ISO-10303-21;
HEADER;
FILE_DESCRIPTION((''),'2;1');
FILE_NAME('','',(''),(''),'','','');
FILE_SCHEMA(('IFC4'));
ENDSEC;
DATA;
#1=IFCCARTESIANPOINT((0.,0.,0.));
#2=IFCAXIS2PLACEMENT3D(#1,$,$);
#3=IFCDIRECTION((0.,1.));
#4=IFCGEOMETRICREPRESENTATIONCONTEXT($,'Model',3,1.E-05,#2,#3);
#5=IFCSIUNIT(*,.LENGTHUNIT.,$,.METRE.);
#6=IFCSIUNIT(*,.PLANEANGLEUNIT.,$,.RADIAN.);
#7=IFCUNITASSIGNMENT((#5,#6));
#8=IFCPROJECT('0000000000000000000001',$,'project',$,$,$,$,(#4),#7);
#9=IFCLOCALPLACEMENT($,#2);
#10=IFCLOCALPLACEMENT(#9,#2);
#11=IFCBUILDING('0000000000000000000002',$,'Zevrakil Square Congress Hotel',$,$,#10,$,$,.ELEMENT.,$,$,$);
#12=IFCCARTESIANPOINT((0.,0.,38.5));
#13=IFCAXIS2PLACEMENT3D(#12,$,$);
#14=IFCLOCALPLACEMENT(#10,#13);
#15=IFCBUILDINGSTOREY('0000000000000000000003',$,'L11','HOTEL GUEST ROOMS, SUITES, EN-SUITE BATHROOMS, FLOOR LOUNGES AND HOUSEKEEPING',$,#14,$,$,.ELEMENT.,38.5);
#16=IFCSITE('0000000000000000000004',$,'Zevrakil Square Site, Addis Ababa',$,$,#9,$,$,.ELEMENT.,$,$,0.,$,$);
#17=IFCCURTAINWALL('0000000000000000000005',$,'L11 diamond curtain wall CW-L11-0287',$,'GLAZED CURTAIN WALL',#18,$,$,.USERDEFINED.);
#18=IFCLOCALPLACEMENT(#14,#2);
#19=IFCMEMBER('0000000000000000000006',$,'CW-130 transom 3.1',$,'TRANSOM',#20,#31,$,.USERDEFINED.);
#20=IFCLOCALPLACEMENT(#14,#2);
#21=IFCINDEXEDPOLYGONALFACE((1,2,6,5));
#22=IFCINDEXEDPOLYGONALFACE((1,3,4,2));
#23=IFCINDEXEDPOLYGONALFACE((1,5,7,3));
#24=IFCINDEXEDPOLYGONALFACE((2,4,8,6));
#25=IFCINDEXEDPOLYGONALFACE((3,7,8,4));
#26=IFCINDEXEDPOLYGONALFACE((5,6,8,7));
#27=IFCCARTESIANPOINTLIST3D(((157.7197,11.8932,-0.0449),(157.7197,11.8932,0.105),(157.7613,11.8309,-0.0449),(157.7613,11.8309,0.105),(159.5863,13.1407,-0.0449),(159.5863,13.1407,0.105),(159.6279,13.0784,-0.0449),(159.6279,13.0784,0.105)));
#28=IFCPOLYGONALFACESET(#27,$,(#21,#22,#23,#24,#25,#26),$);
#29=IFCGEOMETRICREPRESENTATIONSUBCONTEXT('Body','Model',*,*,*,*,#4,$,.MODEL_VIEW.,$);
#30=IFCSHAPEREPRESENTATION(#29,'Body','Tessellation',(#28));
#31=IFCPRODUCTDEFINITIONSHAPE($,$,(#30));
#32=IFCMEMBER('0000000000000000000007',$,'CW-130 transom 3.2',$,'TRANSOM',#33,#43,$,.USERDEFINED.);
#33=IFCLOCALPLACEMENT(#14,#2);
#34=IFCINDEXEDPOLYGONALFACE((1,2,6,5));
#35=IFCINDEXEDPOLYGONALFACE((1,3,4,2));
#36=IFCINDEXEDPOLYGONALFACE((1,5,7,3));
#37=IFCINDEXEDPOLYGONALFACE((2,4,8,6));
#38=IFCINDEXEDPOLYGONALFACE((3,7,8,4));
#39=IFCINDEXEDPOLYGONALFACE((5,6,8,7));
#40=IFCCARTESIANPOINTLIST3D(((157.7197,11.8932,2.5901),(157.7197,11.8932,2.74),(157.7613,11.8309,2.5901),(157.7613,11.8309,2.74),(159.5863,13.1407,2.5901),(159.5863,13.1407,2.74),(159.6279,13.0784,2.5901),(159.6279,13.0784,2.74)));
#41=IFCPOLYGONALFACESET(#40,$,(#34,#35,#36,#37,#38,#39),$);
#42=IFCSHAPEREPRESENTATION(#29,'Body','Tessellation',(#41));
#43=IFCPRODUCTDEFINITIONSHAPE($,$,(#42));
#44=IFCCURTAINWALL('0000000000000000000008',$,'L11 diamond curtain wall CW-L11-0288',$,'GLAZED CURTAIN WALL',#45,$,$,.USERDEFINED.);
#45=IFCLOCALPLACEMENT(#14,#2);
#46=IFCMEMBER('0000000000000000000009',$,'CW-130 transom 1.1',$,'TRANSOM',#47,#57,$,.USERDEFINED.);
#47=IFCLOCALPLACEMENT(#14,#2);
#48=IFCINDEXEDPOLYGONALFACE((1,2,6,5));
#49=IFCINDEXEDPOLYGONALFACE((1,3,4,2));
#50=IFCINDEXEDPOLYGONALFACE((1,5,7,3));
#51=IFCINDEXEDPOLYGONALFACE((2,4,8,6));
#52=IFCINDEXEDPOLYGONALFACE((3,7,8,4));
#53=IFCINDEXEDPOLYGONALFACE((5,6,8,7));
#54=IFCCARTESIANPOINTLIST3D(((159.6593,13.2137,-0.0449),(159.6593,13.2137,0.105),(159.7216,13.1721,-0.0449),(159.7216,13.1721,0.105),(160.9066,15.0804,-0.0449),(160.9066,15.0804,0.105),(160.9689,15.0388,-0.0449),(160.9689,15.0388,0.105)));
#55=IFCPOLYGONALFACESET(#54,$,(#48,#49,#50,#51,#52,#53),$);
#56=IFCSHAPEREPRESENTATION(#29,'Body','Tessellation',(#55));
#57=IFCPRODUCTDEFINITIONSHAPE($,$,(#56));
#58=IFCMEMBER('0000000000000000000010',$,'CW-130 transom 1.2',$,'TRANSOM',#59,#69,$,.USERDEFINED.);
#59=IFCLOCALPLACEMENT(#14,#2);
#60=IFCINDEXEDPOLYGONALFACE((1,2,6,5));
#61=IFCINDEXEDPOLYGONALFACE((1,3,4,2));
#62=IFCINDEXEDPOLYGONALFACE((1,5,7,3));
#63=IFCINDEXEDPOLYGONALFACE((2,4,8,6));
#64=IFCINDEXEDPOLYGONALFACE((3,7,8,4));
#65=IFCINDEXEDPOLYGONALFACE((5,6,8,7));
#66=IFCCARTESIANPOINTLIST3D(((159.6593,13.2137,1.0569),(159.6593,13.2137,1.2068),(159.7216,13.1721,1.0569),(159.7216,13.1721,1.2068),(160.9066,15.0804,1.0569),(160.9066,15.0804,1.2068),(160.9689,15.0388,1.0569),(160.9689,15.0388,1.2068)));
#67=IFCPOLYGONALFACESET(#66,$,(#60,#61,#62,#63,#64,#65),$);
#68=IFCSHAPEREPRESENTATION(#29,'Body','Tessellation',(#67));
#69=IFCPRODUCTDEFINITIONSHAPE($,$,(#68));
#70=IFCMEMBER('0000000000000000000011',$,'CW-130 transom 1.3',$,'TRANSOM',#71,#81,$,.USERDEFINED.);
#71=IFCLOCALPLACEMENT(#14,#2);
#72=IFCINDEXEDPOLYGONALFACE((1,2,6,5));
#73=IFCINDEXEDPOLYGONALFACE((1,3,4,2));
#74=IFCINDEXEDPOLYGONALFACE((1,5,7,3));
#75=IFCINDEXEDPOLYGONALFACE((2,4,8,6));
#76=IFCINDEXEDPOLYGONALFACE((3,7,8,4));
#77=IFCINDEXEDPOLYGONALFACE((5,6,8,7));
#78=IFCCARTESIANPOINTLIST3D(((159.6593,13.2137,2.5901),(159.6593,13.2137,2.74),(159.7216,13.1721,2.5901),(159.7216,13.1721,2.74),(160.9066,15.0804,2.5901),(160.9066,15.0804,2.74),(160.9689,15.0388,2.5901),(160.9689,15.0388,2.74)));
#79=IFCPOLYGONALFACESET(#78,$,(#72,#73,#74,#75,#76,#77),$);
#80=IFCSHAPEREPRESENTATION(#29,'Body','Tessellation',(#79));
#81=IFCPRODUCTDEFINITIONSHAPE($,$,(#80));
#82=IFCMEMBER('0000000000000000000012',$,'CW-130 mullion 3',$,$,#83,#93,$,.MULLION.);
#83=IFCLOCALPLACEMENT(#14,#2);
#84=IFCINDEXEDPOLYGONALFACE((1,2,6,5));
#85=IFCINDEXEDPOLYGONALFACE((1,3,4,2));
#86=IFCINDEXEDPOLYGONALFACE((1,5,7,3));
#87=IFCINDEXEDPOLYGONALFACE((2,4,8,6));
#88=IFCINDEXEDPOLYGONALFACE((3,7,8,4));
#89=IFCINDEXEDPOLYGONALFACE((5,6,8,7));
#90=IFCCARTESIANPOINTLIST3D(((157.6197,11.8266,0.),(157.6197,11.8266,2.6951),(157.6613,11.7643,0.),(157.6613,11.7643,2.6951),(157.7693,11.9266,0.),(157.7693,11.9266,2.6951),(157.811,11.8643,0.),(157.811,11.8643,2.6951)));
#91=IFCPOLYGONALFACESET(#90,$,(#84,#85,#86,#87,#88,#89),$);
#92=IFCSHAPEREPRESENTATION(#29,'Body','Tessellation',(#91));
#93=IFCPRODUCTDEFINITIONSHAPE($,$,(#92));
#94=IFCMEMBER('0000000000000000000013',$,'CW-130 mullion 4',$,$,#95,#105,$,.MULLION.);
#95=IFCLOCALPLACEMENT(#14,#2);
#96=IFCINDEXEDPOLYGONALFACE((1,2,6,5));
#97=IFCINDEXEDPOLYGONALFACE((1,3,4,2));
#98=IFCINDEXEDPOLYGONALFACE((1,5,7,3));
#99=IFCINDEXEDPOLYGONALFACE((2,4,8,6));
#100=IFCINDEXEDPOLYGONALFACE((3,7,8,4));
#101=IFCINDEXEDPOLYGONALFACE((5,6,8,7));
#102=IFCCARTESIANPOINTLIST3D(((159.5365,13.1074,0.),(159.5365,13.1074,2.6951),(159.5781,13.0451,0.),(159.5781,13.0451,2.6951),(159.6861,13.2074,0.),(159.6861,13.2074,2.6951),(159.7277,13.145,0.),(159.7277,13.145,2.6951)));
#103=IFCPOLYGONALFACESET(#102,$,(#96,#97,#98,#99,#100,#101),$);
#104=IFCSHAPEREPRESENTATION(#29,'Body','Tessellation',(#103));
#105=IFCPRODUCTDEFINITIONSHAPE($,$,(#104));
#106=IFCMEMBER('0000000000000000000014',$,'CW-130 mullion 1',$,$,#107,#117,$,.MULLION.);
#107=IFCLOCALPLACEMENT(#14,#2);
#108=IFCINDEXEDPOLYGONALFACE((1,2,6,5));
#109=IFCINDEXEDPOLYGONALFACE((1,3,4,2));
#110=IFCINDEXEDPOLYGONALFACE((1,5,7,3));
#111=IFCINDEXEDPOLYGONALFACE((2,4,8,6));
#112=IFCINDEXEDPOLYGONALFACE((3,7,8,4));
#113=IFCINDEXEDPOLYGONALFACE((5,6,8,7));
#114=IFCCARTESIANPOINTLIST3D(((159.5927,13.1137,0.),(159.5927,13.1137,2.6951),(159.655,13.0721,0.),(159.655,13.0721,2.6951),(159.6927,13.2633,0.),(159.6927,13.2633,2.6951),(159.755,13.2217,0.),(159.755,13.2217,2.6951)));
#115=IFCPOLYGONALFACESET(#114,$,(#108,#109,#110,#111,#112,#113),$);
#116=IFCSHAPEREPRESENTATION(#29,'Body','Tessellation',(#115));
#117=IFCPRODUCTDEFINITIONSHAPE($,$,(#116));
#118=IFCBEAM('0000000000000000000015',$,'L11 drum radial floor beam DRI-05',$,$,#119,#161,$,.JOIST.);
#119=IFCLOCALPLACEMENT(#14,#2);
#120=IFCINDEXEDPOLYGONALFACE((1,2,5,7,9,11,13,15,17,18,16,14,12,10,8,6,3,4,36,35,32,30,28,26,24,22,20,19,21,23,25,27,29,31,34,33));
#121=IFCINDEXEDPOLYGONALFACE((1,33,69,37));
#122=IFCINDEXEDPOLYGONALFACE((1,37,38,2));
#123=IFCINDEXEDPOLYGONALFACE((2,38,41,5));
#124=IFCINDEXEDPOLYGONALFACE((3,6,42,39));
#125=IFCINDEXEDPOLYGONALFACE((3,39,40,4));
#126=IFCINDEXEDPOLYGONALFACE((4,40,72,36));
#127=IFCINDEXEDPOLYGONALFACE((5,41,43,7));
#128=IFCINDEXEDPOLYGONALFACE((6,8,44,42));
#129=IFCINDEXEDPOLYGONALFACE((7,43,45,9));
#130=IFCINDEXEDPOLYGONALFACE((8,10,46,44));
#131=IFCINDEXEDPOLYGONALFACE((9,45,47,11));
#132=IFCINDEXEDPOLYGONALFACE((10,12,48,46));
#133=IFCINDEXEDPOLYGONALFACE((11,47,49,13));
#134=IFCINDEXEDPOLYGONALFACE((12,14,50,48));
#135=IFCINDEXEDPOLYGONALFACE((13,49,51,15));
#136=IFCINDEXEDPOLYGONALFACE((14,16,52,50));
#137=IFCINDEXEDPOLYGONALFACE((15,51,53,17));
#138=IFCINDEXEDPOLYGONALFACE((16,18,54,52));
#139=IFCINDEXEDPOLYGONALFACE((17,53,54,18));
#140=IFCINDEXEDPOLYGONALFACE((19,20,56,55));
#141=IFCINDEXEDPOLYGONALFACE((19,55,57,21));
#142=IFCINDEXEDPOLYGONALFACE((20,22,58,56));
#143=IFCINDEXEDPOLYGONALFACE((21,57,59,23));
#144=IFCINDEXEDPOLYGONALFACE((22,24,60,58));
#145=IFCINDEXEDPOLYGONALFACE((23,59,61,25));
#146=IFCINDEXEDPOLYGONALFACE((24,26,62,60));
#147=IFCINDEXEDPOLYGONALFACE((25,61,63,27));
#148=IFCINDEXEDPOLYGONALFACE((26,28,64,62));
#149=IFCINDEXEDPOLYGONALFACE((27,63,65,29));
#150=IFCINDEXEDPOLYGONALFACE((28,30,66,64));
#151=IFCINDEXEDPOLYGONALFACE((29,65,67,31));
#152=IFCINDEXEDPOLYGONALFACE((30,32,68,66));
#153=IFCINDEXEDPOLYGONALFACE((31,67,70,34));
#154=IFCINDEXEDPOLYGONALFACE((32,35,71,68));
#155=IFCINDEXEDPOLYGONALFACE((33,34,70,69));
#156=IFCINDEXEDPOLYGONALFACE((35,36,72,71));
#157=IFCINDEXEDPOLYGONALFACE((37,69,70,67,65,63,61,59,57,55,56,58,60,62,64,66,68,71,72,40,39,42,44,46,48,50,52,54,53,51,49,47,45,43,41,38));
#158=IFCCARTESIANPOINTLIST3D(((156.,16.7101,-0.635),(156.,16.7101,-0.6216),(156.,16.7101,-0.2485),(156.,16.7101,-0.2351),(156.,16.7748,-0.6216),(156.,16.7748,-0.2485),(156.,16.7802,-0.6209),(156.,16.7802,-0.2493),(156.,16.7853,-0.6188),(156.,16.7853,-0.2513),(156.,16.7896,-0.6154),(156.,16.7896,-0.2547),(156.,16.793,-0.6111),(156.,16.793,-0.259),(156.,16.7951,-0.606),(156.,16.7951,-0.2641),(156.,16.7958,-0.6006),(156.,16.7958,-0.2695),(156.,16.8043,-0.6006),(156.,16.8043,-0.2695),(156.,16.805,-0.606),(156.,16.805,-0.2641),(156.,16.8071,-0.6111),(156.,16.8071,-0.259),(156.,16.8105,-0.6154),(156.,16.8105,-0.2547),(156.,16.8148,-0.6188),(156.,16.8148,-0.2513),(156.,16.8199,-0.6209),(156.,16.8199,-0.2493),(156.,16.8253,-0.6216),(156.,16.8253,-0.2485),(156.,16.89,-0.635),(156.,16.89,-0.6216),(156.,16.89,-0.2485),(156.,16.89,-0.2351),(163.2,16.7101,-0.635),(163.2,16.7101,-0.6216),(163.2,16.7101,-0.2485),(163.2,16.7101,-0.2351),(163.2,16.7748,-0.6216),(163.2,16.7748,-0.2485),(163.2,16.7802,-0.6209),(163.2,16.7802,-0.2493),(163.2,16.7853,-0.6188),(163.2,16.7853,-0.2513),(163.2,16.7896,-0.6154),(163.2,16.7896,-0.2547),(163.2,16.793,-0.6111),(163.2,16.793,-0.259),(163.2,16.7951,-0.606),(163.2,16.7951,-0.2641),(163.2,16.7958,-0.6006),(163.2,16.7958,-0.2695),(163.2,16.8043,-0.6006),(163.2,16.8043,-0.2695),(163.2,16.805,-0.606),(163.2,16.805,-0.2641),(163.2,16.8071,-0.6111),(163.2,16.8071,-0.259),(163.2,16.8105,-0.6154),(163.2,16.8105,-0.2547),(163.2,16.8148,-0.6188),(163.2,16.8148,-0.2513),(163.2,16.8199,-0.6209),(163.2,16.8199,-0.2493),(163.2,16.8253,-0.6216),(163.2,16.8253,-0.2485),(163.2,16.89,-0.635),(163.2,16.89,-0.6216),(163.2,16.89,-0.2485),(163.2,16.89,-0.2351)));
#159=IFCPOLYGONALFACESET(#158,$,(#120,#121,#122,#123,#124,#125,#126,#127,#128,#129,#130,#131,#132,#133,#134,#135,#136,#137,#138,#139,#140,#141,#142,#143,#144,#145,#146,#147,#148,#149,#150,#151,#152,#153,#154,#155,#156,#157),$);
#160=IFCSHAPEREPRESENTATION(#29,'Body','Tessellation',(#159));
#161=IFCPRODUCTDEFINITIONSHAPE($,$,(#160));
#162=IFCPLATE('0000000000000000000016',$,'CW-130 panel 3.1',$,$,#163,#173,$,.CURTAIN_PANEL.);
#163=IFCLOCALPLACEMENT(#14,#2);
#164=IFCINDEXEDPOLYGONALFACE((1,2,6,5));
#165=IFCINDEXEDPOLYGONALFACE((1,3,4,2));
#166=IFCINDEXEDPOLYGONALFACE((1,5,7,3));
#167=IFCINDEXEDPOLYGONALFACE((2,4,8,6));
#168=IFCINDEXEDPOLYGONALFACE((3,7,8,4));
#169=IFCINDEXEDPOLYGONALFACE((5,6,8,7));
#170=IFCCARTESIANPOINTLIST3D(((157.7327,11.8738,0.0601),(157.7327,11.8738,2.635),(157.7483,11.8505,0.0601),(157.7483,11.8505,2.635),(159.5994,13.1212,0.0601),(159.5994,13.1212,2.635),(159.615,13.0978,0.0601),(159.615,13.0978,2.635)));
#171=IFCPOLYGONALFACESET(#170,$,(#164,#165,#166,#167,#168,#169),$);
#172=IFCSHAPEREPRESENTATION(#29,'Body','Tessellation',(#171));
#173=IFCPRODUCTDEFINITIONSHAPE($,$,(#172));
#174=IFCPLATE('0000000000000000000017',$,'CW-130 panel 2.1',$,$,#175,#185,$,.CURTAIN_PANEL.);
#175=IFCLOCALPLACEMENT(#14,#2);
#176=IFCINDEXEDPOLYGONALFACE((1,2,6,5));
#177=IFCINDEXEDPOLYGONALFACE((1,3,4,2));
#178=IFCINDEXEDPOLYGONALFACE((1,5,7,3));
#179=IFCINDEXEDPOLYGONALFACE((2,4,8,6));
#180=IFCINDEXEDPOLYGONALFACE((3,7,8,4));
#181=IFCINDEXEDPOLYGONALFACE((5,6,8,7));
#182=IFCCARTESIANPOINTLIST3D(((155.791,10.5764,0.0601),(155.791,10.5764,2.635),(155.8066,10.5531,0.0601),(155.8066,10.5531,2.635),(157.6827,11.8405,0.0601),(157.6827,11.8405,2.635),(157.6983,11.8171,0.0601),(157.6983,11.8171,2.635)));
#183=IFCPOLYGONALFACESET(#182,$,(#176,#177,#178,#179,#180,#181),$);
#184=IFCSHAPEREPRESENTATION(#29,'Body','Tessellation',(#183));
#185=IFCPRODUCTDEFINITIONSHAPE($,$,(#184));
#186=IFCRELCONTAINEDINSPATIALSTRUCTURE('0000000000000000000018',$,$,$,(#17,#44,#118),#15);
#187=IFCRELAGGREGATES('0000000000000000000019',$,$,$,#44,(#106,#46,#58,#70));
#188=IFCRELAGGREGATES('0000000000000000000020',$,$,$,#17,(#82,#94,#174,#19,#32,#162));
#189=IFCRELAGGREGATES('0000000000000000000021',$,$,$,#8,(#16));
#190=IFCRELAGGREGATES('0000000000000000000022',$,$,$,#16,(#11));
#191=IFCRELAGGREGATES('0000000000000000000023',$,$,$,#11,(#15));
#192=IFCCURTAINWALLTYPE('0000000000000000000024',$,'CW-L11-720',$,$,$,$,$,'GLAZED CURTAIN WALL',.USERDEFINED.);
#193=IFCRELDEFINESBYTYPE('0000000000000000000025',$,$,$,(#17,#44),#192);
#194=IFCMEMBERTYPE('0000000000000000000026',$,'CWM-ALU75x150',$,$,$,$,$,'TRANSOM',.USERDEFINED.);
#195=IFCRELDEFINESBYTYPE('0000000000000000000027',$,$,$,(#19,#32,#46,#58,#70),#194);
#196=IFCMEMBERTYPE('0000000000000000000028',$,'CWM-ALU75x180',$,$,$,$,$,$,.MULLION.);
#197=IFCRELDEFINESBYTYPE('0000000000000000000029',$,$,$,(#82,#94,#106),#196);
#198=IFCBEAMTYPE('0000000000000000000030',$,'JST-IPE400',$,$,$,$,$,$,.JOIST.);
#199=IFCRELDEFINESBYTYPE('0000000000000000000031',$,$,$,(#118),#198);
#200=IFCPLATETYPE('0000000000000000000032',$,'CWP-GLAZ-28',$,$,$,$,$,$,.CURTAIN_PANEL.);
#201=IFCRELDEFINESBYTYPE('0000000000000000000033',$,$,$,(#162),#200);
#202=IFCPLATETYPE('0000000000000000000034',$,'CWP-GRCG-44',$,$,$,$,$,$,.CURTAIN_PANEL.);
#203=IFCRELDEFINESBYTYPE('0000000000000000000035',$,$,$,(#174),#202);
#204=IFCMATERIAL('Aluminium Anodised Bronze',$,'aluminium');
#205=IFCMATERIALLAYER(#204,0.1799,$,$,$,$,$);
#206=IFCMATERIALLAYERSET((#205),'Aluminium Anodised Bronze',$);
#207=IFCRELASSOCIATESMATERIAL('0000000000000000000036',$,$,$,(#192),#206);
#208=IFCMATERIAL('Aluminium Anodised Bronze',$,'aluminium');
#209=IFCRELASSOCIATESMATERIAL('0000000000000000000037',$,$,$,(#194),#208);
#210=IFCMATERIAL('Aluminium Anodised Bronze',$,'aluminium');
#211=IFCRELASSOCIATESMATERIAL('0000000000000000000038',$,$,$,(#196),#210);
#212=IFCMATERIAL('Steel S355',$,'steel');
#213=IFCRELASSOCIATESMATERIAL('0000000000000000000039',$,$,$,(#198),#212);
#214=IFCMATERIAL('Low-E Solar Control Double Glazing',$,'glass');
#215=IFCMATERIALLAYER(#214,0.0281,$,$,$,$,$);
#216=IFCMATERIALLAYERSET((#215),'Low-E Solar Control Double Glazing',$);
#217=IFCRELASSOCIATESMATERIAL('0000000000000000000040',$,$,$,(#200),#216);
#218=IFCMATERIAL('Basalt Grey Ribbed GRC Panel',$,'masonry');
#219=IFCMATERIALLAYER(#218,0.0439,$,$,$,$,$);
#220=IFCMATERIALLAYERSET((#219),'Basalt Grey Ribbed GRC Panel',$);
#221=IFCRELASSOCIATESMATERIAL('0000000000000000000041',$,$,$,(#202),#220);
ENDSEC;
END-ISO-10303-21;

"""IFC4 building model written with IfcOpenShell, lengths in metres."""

from ifc_helpers import new_model, si_unit, direction, frame, origin, origin_2d, place, context, subcontext, project, spatial, rectangle, i_section, extrude, material, layer, layer_set, material_profile, profile_set, type_object, element, aggregate, save


model = new_model("IFC4")

# Units and contexts
model_context = context("Model", 3, precision=1e-05, world=origin(), true_north=direction((0.0, 1.0)))
body_context = subcontext(model_context, "Body", "Model", "MODEL_VIEW")
ifc_project = project(units=[si_unit("LENGTHUNIT", "METRE"), si_unit("PLANEANGLEUNIT", "RADIAN")], contexts=[model_context])

# Site, building, storey
site_placement = place(None, origin())
site = spatial("IfcSite", under=ifc_project, at=site_placement, Name="Zevrakil Square Site, Addis Ababa", CompositionType="ELEMENT", RefElevation=0.0)
building_placement = place(site_placement, origin())
building = spatial("IfcBuilding", under=site, at=building_placement, Name="Zevrakil Square Congress Hotel", CompositionType="ELEMENT")
storey_placement = place(building_placement, frame((0.0, 0.0, 38.5)))
storey = spatial("IfcBuildingStorey", under=building, at=storey_placement, Name="L11", Description="HOTEL GUEST ROOMS, SUITES, EN-SUITE BATHROOMS, FLOOR LOUNGES AND HOUSEKEEPING", CompositionType="ELEMENT", Elevation=38.5)

# Curtain walls, members
ifc_material_1 = material(Name="Aluminium Anodised Bronze", Category="aluminium")
ifc_layer_1 = layer(ifc_material_1, 0.1799)
ifc_layer_set_1 = layer_set([ifc_layer_1], Name="Aluminium Anodised Bronze")
curtain_wall_type = type_object("IfcCurtainWallType", Name="CW-L11-720", ElementType="GLAZED CURTAIN WALL", PredefinedType="USERDEFINED", material=ifc_layer_set_1)
curtain_wall_1_placement = place(storey_placement, origin())
curtain_wall_1 = element("IfcCurtainWall", 1, at=curtain_wall_1_placement, inside=storey, type_object=curtain_wall_type, Name="L11 diamond curtain wall CW-L11-0287", ObjectType="GLAZED CURTAIN WALL", PredefinedType="USERDEFINED")
ifc_material_2 = material(Name="Aluminium Anodised Bronze", Category="aluminium")
ifc_material_profile_1 = material_profile(ifc_material_2, rectangle(XDim=0.075, YDim=0.1499, at=origin_2d()), Name="ALU 75x150")
ifc_profile_set_1 = profile_set([ifc_material_profile_1], Name="Aluminium Anodised Bronze")
member_type_1 = type_object("IfcMemberType", Name="CWM-ALU75x150", ElementType="TRANSOM", PredefinedType="USERDEFINED", material=ifc_profile_set_1)
member_1_placement = place(storey_placement, frame((157.7405, 11.8621, 0.03), z_axis=(0.831414, 0.555653, 0.0), x_axis=(-0.555653, 0.831414, 0.0)))
member_1 = element("IfcMember", 2, at=member_1_placement, type_object=member_type_1, Name="CW-130 transom 3.1", ObjectType="TRANSOM", PredefinedType="USERDEFINED", context=body_context, shape_type="SweptSolid", body=[
    extrude(rectangle(XDim=0.075, YDim=0.1499, at=origin_2d()), origin(), (0.0, 0.0, 1.0), 2.2451),
])
member_2_placement = place(storey_placement, frame((157.7405, 11.8621, 2.665), z_axis=(0.831414, 0.555653, 0.0), x_axis=(-0.555653, 0.831414, 0.0)))
member_2 = element("IfcMember", 3, at=member_2_placement, type_object=member_type_1, Name="CW-130 transom 3.2", ObjectType="TRANSOM", PredefinedType="USERDEFINED", context=body_context, shape_type="SweptSolid", body=[
    extrude(rectangle(XDim=0.075, YDim=0.1499, at=origin_2d()), origin(), (0.0, 0.0, 1.0), 2.2451),
])
curtain_wall_2_placement = place(storey_placement, origin())
curtain_wall_2 = element("IfcCurtainWall", 4, at=curtain_wall_2_placement, inside=storey, type_object=curtain_wall_type, Name="L11 diamond curtain wall CW-L11-0288", ObjectType="GLAZED CURTAIN WALL", PredefinedType="USERDEFINED")
member_3_placement = place(storey_placement, frame((159.6904, 13.1929, 0.03), z_axis=(0.555578, 0.831464, 0.0), x_axis=(-0.831464, 0.555578, 0.0)))
member_3 = element("IfcMember", 5, at=member_3_placement, type_object=member_type_1, Name="CW-130 transom 1.1", ObjectType="TRANSOM", PredefinedType="USERDEFINED", context=body_context, shape_type="SweptSolid", body=[
    extrude(rectangle(XDim=0.075, YDim=0.1499, at=origin_2d()), origin(), (0.0, 0.0, 1.0), 2.2451),
])
member_4_placement = place(storey_placement, frame((159.6904, 13.1929, 1.1318), z_axis=(0.555578, 0.831464, 0.0), x_axis=(-0.831464, 0.555578, 0.0)))
member_4 = element("IfcMember", 6, at=member_4_placement, type_object=member_type_1, Name="CW-130 transom 1.2", ObjectType="TRANSOM", PredefinedType="USERDEFINED", context=body_context, shape_type="SweptSolid", body=[
    extrude(rectangle(XDim=0.075, YDim=0.1499, at=origin_2d()), origin(), (0.0, 0.0, 1.0), 2.2451),
])
member_5_placement = place(storey_placement, frame((159.6904, 13.1929, 2.665), z_axis=(0.555578, 0.831464, 0.0), x_axis=(-0.831464, 0.555578, 0.0)))
member_5 = element("IfcMember", 7, at=member_5_placement, type_object=member_type_1, Name="CW-130 transom 1.3", ObjectType="TRANSOM", PredefinedType="USERDEFINED", context=body_context, shape_type="SweptSolid", body=[
    extrude(rectangle(XDim=0.075, YDim=0.1499, at=origin_2d()), origin(), (0.0, 0.0, 1.0), 2.2451),
])

# Members
ifc_material_3 = material(Name="Aluminium Anodised Bronze", Category="aluminium")
ifc_material_profile_2 = material_profile(ifc_material_3, rectangle(XDim=0.075, YDim=0.1799, at=origin_2d()), Name="ALU 75x180")
ifc_profile_set_2 = profile_set([ifc_material_profile_2], Name="Aluminium Anodised Bronze")
member_type_2 = type_object("IfcMemberType", Name="CWM-ALU75x180", PredefinedType="MULLION", material=ifc_profile_set_2)
member_6_placement = place(storey_placement, frame((157.7153, 11.8455, 0.0), z_axis=(0.0, 0.0, 1.0), x_axis=(-0.555576, 0.831466, 0.0)))
member_6 = element("IfcMember", 8, at=member_6_placement, type_object=member_type_2, Name="CW-130 mullion 3", PredefinedType="MULLION", context=body_context, shape_type="SweptSolid", body=[
    extrude(rectangle(XDim=0.075, YDim=0.1799, at=origin_2d()), origin(), (0.0, 0.0, 1.0), 2.6951),
])
member_7_placement = place(storey_placement, frame((159.6321, 13.1262, 0.0), z_axis=(0.0, 0.0, 1.0), x_axis=(-0.555576, 0.831466, 0.0)))
member_7 = element("IfcMember", 9, at=member_7_placement, type_object=member_type_2, Name="CW-130 mullion 4", PredefinedType="MULLION", context=body_context, shape_type="SweptSolid", body=[
    extrude(rectangle(XDim=0.075, YDim=0.1799, at=origin_2d()), origin(), (0.0, 0.0, 1.0), 2.6951),
])
member_8_placement = place(storey_placement, frame((159.6738, 13.1677, 0.0), z_axis=(0.0, 0.0, 1.0), x_axis=(-0.831466, 0.555576, 0.0)))
member_8 = element("IfcMember", 10, at=member_8_placement, type_object=member_type_2, Name="CW-130 mullion 1", PredefinedType="MULLION", context=body_context, shape_type="SweptSolid", body=[
    extrude(rectangle(XDim=0.075, YDim=0.1799, at=origin_2d()), origin(), (0.0, 0.0, 1.0), 2.6951),
])
aggregate(curtain_wall_2, [member_8, member_3, member_4, member_5])

# Beam
ifc_material_4 = material(Name="Steel S355", Category="steel")
ifc_material_profile_3 = material_profile(ifc_material_4, i_section(OverallWidth=0.1799, OverallDepth=0.3999, WebThickness=0.0085, FlangeThickness=0.0134, FilletRadius=0.021, at=origin_2d()), Name="IPE 400")
ifc_profile_set_3 = profile_set([ifc_material_profile_3], Name="Steel S355")
beam_type = type_object("IfcBeamType", Name="JST-IPE400", PredefinedType="JOIST", material=ifc_profile_set_3)
beam_placement = place(storey_placement, frame((156.0, 16.8, -0.4351), z_axis=(1.0, 0.0, 0.0), x_axis=(0.0, 1.0, 0.0)))
element("IfcBeam", 11, at=beam_placement, inside=storey, type_object=beam_type, Name="L11 drum radial floor beam DRI-05", PredefinedType="JOIST", context=body_context, shape_type="SweptSolid", body=[
    extrude(i_section(OverallWidth=0.1799, OverallDepth=0.3999, WebThickness=0.0085, FlangeThickness=0.0134, FilletRadius=0.021, at=origin_2d()), origin(), (0.0, 0.0, 1.0), 7.2),
])

# Plates
ifc_material_5 = material(Name="Low-E Solar Control Double Glazing", Category="glass")
ifc_layer_2 = layer(ifc_material_5, 0.0281)
ifc_layer_set_2 = layer_set([ifc_layer_2], Name="Low-E Solar Control Double Glazing")
plate_type_1 = type_object("IfcPlateType", Name="CWP-GLAZ-28", PredefinedType="CURTAIN_PANEL", material=ifc_layer_set_2)
plate_1_placement = place(storey_placement, frame((158.6738, 12.4858, 0.0601), z_axis=(0.0, 0.0, 1.0), x_axis=(0.831466, 0.555576, 0.0)))
plate_1 = element("IfcPlate", 12, at=plate_1_placement, type_object=plate_type_1, Name="CW-130 panel 3.1", PredefinedType="CURTAIN_PANEL", context=body_context, shape_type="SweptSolid", body=[
    extrude(rectangle(XDim=2.2451, YDim=0.0281, at=origin_2d()), origin(), (0.0, 0.0, 1.0), 2.575),
])
ifc_material_6 = material(Name="Basalt Grey Ribbed GRC Panel", Category="masonry")
ifc_layer_3 = layer(ifc_material_6, 0.0439)
ifc_layer_set_3 = layer_set([ifc_layer_3], Name="Basalt Grey Ribbed GRC Panel")
plate_type_2 = type_object("IfcPlateType", Name="CWP-GRCG-44", PredefinedType="CURTAIN_PANEL", material=ifc_layer_set_3)
plate_2_placement = place(storey_placement, frame((156.7446, 11.1968, 0.0601), z_axis=(0.0, 0.0, 1.0), x_axis=(0.831466, 0.555576, 0.0)))
plate_2 = element("IfcPlate", 13, at=plate_2_placement, type_object=plate_type_2, Name="CW-130 panel 2.1", PredefinedType="CURTAIN_PANEL", context=body_context, shape_type="SweptSolid", body=[
    extrude(rectangle(XDim=2.2751, YDim=0.0281, at=origin_2d()), origin(), (0.0, 0.0, 1.0), 2.575),
])
aggregate(curtain_wall_1, [member_6, member_7, plate_2, member_1, member_2, plate_1])

save(model, "model.ifc")
